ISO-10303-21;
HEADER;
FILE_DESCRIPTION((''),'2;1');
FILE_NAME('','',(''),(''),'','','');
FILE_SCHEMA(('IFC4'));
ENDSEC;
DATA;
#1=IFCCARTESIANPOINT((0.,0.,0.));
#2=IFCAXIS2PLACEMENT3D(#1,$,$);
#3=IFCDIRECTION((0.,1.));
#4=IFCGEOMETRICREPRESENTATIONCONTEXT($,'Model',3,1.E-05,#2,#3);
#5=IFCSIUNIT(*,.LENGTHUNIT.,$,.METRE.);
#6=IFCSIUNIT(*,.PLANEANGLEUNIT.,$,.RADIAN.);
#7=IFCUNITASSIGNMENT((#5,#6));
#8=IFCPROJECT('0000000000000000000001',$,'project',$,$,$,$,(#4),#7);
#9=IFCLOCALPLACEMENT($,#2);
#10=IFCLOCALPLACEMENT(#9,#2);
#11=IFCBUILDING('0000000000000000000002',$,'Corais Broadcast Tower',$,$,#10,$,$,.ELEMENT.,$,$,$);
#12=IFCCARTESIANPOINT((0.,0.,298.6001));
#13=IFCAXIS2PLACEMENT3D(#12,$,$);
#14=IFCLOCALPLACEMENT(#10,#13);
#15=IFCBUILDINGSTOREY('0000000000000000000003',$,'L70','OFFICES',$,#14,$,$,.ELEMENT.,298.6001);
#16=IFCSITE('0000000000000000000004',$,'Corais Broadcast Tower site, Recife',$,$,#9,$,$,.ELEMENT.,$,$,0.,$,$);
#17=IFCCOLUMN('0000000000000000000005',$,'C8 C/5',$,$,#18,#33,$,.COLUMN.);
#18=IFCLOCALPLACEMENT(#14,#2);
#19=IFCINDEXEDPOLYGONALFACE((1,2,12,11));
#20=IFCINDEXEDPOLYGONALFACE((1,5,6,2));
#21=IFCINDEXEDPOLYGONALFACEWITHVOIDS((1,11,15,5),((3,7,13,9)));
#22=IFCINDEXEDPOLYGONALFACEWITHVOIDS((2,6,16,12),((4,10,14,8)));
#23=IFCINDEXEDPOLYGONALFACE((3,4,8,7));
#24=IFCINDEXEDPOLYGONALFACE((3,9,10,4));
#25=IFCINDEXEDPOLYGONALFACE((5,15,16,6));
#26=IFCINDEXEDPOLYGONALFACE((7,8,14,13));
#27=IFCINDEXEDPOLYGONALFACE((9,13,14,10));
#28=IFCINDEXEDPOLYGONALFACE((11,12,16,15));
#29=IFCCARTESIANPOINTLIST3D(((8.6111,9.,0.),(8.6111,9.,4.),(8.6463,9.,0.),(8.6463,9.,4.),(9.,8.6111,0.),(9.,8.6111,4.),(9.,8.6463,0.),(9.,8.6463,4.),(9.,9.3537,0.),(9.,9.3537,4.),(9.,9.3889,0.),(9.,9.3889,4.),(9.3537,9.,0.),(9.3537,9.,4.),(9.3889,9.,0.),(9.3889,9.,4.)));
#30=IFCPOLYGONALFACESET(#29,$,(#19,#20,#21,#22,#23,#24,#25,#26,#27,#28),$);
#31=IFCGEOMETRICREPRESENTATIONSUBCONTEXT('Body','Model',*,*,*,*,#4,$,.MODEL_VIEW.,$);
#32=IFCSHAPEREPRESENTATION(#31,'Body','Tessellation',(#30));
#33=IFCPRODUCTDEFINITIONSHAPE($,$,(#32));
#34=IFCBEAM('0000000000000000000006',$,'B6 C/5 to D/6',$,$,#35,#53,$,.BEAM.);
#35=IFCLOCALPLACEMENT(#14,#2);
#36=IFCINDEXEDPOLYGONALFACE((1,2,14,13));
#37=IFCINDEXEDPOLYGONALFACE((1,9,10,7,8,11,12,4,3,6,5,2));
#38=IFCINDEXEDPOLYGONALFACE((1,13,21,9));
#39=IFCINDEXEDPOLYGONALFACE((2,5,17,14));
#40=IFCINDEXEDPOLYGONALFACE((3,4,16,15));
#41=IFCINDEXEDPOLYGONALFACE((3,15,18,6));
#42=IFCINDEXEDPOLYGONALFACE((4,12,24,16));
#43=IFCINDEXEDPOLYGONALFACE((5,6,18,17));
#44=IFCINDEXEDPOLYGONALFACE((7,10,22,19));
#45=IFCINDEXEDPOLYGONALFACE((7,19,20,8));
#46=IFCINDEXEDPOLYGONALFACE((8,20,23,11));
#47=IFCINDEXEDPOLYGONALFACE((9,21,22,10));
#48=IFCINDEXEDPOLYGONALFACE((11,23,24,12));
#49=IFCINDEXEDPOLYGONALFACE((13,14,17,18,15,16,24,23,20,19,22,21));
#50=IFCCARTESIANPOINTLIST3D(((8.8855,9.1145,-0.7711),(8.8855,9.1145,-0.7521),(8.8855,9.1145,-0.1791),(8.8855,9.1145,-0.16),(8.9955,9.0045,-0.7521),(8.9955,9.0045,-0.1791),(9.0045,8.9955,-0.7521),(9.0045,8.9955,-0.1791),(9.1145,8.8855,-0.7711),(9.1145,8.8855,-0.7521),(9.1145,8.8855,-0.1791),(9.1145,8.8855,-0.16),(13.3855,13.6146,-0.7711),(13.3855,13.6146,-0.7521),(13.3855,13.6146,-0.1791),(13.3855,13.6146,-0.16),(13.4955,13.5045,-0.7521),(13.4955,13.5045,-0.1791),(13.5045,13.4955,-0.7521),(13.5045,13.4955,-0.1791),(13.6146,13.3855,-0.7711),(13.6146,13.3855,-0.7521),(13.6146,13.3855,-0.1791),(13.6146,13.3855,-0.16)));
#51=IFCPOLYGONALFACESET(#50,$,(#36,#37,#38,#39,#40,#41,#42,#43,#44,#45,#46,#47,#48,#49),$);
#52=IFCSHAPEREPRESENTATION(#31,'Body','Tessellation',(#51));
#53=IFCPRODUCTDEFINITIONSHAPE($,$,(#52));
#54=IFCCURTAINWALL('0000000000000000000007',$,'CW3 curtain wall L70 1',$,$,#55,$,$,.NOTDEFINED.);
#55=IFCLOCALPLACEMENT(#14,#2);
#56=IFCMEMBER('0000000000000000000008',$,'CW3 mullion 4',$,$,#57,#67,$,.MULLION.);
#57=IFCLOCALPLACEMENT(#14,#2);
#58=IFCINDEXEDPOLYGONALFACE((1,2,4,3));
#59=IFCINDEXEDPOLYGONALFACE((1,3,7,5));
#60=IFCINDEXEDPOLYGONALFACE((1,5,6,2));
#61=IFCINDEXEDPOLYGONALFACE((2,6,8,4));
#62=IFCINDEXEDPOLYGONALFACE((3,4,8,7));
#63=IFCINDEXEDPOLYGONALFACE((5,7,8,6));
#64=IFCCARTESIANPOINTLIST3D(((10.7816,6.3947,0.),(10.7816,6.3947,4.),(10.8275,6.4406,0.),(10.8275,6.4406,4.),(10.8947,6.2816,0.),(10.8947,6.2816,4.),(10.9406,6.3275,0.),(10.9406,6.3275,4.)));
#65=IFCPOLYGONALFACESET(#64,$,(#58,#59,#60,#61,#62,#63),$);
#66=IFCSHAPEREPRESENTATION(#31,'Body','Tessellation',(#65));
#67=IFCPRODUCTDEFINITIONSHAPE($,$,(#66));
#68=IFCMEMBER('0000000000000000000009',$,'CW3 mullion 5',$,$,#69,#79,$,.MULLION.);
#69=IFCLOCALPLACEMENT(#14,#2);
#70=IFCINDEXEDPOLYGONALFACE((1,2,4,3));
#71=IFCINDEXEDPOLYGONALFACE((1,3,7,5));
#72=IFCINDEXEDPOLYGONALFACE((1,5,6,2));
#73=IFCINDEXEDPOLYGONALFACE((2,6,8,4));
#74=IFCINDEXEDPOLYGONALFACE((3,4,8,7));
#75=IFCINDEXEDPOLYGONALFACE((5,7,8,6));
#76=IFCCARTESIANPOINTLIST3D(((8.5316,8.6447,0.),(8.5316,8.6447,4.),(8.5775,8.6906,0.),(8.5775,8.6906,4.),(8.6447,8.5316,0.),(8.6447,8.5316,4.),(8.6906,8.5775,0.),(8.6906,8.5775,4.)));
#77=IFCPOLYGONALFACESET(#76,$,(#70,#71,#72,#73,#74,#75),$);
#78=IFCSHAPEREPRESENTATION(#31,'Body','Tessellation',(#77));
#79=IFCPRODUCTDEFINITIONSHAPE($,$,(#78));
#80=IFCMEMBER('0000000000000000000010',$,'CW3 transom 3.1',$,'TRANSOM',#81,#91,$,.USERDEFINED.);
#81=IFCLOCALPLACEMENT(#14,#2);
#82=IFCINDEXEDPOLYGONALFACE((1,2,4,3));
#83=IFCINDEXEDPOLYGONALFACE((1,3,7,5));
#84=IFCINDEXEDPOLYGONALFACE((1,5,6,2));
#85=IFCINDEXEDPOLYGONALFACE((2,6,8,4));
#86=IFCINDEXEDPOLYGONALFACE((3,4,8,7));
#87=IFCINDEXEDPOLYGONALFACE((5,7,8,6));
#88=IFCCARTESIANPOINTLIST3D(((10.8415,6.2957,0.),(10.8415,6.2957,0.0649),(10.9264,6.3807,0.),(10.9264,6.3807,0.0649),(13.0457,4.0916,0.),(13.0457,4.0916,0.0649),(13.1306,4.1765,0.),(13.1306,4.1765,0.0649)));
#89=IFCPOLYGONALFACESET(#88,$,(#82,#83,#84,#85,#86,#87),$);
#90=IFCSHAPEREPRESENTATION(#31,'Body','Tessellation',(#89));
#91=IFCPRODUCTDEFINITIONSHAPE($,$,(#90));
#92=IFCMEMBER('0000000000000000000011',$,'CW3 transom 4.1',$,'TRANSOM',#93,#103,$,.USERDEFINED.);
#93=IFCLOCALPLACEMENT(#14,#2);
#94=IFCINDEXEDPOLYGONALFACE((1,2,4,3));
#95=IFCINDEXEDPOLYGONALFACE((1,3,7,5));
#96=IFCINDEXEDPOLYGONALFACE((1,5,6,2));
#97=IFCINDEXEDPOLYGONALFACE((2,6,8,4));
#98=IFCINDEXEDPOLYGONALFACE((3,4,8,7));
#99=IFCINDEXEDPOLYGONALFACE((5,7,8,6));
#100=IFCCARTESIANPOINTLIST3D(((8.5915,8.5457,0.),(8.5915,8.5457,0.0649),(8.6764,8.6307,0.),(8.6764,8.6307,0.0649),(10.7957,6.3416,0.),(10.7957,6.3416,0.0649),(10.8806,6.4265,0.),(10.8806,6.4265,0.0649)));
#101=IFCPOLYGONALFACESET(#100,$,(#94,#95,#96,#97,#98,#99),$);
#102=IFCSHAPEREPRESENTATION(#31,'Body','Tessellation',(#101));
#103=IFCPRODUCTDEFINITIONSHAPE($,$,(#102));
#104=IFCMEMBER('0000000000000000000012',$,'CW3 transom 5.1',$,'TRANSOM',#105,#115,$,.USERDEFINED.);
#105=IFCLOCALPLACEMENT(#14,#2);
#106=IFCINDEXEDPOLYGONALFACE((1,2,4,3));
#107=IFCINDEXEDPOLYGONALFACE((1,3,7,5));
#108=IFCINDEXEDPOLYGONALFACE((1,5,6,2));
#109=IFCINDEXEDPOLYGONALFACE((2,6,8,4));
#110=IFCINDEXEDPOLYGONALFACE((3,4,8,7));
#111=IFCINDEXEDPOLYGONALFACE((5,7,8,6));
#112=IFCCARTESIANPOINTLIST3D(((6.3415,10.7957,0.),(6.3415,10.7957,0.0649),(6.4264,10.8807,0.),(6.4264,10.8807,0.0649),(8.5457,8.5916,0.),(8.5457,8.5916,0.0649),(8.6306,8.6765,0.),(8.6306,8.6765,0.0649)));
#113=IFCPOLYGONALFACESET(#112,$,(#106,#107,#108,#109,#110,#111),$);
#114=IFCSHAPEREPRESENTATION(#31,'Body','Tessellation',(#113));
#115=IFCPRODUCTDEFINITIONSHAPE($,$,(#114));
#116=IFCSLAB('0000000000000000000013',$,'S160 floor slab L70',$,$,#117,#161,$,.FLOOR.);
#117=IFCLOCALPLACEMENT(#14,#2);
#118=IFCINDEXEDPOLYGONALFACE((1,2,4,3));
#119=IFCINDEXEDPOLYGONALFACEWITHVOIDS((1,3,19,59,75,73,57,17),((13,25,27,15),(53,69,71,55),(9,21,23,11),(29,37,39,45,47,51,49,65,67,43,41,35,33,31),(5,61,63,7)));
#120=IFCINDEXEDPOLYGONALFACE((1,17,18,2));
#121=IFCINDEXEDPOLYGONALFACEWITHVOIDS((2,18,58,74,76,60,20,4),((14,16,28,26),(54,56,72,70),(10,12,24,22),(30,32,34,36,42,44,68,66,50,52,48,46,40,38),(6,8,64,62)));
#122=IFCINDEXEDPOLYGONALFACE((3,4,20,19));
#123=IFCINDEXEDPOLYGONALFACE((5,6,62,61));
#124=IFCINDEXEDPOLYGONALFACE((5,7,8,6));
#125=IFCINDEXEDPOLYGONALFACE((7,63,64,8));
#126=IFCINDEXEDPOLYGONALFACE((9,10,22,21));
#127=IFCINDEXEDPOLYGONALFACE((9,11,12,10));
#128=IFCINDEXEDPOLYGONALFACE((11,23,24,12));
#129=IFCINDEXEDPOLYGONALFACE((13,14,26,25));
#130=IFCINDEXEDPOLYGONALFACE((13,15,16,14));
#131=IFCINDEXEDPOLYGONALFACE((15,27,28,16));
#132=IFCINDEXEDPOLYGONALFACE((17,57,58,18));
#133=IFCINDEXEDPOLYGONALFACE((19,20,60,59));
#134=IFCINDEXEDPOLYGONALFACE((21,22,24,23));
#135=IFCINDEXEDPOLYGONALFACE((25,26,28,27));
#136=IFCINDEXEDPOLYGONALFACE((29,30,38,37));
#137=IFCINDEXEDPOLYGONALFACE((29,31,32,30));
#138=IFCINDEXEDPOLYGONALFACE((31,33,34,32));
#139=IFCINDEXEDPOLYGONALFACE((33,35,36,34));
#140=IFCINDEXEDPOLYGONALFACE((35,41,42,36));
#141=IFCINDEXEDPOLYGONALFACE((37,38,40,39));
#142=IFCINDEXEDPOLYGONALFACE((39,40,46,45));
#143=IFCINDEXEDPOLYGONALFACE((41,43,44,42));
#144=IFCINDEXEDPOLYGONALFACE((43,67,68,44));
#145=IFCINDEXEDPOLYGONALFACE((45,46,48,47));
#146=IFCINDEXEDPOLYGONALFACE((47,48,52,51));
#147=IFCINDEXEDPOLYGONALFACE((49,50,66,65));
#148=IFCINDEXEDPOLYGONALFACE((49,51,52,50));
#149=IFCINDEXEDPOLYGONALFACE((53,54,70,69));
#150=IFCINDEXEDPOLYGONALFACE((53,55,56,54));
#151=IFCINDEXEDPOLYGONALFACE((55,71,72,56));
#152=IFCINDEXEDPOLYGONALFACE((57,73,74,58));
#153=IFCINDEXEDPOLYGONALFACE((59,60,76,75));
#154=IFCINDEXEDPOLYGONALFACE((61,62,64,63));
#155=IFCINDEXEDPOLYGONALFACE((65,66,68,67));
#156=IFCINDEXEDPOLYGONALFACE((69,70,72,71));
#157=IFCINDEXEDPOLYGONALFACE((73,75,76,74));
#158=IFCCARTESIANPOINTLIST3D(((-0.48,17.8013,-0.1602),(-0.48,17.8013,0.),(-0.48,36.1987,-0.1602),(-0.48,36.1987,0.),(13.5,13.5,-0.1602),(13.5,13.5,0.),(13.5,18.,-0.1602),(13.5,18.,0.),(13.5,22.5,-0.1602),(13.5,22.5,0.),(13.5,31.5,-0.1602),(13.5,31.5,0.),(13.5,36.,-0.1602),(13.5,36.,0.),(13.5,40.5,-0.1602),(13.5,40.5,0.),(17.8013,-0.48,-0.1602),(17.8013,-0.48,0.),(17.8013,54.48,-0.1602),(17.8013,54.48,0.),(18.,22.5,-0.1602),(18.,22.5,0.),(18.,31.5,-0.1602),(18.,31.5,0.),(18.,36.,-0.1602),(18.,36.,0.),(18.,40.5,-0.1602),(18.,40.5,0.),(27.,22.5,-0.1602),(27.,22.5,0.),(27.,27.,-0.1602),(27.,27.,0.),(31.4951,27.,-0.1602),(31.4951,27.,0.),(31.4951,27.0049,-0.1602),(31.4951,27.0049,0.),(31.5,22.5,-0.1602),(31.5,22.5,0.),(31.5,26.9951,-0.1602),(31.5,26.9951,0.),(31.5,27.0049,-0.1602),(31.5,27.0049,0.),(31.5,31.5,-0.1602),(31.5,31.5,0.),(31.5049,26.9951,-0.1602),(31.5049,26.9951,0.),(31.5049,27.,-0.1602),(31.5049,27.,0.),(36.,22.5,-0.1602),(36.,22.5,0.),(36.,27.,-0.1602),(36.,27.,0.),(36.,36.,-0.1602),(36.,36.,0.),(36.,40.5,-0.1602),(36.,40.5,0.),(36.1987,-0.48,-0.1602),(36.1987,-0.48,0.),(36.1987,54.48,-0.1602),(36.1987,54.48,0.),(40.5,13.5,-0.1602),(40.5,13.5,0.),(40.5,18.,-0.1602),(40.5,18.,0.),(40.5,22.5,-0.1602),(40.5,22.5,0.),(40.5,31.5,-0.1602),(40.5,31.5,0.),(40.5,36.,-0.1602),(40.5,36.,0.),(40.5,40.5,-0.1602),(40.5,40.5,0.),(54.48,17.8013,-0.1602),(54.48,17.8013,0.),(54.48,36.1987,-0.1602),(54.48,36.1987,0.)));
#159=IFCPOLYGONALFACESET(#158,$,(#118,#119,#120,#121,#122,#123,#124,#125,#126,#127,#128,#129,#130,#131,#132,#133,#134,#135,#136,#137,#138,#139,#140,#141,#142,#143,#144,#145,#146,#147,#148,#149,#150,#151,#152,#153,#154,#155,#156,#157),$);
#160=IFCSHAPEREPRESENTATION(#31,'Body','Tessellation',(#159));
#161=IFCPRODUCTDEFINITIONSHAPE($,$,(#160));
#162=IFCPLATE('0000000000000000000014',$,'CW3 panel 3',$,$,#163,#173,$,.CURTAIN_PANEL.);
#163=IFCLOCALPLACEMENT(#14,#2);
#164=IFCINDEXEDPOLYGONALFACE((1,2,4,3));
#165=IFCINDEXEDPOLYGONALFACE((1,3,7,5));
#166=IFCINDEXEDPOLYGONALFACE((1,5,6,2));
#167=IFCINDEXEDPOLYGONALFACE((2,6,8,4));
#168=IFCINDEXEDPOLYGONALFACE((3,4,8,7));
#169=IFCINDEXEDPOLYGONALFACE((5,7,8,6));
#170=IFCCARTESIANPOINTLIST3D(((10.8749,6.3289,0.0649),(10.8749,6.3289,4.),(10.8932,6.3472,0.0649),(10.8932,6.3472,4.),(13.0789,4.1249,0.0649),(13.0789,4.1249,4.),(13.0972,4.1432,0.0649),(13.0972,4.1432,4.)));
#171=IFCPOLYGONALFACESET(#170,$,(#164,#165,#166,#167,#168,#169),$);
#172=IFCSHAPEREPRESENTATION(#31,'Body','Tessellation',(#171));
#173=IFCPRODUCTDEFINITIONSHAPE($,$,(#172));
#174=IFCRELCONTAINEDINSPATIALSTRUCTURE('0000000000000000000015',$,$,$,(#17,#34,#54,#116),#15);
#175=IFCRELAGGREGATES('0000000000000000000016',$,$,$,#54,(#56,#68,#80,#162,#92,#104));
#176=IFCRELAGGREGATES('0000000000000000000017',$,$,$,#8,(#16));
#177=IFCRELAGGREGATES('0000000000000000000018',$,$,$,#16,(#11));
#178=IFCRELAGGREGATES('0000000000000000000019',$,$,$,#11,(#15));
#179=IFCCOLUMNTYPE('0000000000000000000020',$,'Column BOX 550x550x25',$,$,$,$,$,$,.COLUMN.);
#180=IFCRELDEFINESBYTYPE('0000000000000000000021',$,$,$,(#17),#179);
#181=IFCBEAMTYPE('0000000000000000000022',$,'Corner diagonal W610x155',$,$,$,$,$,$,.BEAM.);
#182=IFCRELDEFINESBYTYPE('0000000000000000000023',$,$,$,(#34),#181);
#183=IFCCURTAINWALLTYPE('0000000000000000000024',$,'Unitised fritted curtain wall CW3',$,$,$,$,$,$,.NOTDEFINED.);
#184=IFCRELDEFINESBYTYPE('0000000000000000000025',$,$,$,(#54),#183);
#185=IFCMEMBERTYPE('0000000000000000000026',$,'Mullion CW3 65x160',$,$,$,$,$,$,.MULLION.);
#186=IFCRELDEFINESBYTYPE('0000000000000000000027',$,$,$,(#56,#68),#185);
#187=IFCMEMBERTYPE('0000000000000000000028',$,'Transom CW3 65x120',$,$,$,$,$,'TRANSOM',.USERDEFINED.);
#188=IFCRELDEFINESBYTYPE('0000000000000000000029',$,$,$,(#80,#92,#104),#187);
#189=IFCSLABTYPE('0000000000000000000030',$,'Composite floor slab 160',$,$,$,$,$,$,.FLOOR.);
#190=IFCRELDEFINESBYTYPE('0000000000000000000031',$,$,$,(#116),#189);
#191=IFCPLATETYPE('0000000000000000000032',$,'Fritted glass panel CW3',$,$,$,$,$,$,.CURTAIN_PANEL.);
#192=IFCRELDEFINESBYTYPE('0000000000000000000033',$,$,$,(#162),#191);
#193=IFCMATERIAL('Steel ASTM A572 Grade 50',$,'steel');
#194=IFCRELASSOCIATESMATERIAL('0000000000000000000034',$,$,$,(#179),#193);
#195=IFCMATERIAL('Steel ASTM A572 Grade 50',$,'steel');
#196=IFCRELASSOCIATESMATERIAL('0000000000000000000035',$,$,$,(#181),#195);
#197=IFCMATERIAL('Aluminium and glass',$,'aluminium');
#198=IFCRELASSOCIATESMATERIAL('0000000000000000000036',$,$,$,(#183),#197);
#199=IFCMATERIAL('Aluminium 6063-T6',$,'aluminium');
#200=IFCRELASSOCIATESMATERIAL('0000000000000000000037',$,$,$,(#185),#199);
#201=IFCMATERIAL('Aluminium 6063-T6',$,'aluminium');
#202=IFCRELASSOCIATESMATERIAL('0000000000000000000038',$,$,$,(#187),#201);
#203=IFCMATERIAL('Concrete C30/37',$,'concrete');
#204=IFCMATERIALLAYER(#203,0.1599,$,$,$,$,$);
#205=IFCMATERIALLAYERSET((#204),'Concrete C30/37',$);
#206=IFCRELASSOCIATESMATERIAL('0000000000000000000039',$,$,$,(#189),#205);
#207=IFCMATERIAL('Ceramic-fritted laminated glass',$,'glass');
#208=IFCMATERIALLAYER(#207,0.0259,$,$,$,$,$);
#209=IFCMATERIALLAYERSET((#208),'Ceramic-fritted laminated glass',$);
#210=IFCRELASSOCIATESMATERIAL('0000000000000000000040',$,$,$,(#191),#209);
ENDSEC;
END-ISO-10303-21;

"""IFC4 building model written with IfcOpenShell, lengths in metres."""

from ifc_helpers import new_model, si_unit, direction, frame, origin, origin_2d, place, context, subcontext, project, spatial, polyline, rectangle, hollow_rectangle, i_section, outline, extrude, material, layer, layer_set, material_profile, profile_set, type_object, element, aggregate, save


model = new_model("IFC4")

# Units and contexts
model_context = context("Model", 3, precision=1e-05, world=origin(), true_north=direction((0.0, 1.0)))
body_context = subcontext(model_context, "Body", "Model", "MODEL_VIEW")
ifc_project = project(units=[si_unit("LENGTHUNIT", "METRE"), si_unit("PLANEANGLEUNIT", "RADIAN")], contexts=[model_context])

# Site, building, storey
site_placement = place(None, origin())
site = spatial("IfcSite", under=ifc_project, at=site_placement, Name="Corais Broadcast Tower site, Recife", CompositionType="ELEMENT", RefElevation=0.0)
building_placement = place(site_placement, origin())
building = spatial("IfcBuilding", under=site, at=building_placement, Name="Corais Broadcast Tower", CompositionType="ELEMENT")
storey_placement = place(building_placement, frame((0.0, 0.0, 298.6001)))
storey = spatial("IfcBuildingStorey", under=building, at=storey_placement, Name="L70", Description="OFFICES", CompositionType="ELEMENT", Elevation=298.6001)

# Column
ifc_material_1 = material(Name="Steel ASTM A572 Grade 50", Category="steel")
ifc_material_profile_1 = material_profile(ifc_material_1, hollow_rectangle(XDim=0.55, YDim=0.55, WallThickness=0.0249, at=origin_2d()), Name="BOX 550x550x25")
ifc_profile_set_1 = profile_set([ifc_material_profile_1], Name="Steel ASTM A572 Grade 50")
column_type = type_object("IfcColumnType", Name="Column BOX 550x550x25", PredefinedType="COLUMN", material=ifc_profile_set_1)
column_placement = place(storey_placement, frame((9.0, 9.0, 0.0), z_axis=(0.0, 0.0, 1.0), x_axis=(0.707107, 0.707107, 0.0)))
element("IfcColumn", 1, at=column_placement, inside=storey, type_object=column_type, Name="C8 C/5", PredefinedType="COLUMN", context=body_context, shape_type="SweptSolid", body=[
    extrude(hollow_rectangle(XDim=0.55, YDim=0.55, WallThickness=0.0249, at=origin_2d()), origin(), (0.0, 0.0, 1.0), 4.0),
])

# Beam
ifc_material_2 = material(Name="Steel ASTM A572 Grade 50", Category="steel")
ifc_material_profile_2 = material_profile(ifc_material_2, i_section(OverallWidth=0.324, OverallDepth=0.6111, WebThickness=0.0127, FlangeThickness=0.019, at=origin_2d()), Name="W610x155")
ifc_profile_set_2 = profile_set([ifc_material_profile_2], Name="Steel ASTM A572 Grade 50")
beam_type = type_object("IfcBeamType", Name="Corner diagonal W610x155", PredefinedType="BEAM", material=ifc_profile_set_2)
beam_placement = place(storey_placement, frame((9.0, 9.0, -0.4656), z_axis=(0.707107, 0.707107, 0.0), x_axis=(-0.707107, 0.707107, 0.0)))
element("IfcBeam", 2, at=beam_placement, inside=storey, type_object=beam_type, Name="B6 C/5 to D/6", PredefinedType="BEAM", context=body_context, shape_type="SweptSolid", body=[
    extrude(i_section(OverallWidth=0.324, OverallDepth=0.6111, WebThickness=0.0127, FlangeThickness=0.019, at=origin_2d()), origin(), (0.0, 0.0, 1.0), 6.364),
])

# Curtain wall, members
ifc_material_3 = material(Name="Aluminium and glass", Category="aluminium")
curtain_wall_type = type_object("IfcCurtainWallType", Name="Unitised fritted curtain wall CW3", PredefinedType="NOTDEFINED", material=ifc_material_3)
curtain_wall_placement = place(storey_placement, origin())
curtain_wall = element("IfcCurtainWall", 3, at=curtain_wall_placement, inside=storey, type_object=curtain_wall_type, Name="CW3 curtain wall L70 1", PredefinedType="NOTDEFINED")
ifc_material_4 = material(Name="Aluminium 6063-T6", Category="aluminium")
ifc_material_profile_3 = material_profile(ifc_material_4, rectangle(XDim=0.0649, YDim=0.1599, at=origin_2d()), Name="Mullion CW3 65x160")
ifc_profile_set_3 = profile_set([ifc_material_profile_3], Name="Aluminium 6063-T6")
member_type_1 = type_object("IfcMemberType", Name="Mullion CW3 65x160", PredefinedType="MULLION", material=ifc_profile_set_3)
member_1_placement = place(storey_placement, frame((10.8611, 6.3611, 0.0), z_axis=(0.0, 0.0, 1.0), x_axis=(-0.707107, -0.707107, 0.0)))
member_1 = element("IfcMember", 4, at=member_1_placement, type_object=member_type_1, Name="CW3 mullion 4", PredefinedType="MULLION", context=body_context, shape_type="SweptSolid", body=[
    extrude(rectangle(XDim=0.0649, YDim=0.1599, at=origin_2d()), origin(), (0.0, 0.0, 1.0), 4.0),
])
member_2_placement = place(storey_placement, frame((8.6111, 8.6111, 0.0), z_axis=(0.0, 0.0, 1.0), x_axis=(-0.707107, -0.707107, 0.0)))
member_2 = element("IfcMember", 5, at=member_2_placement, type_object=member_type_1, Name="CW3 mullion 5", PredefinedType="MULLION", context=body_context, shape_type="SweptSolid", body=[
    extrude(rectangle(XDim=0.0649, YDim=0.1599, at=origin_2d()), origin(), (0.0, 0.0, 1.0), 4.0),
])
ifc_material_5 = material(Name="Aluminium 6063-T6", Category="aluminium")
ifc_material_profile_4 = material_profile(ifc_material_5, rectangle(XDim=0.1201, YDim=0.0649, at=origin_2d()), Name="Transom CW3 65x120")
ifc_profile_set_4 = profile_set([ifc_material_profile_4], Name="Aluminium 6063-T6")
member_type_2 = type_object("IfcMemberType", Name="Transom CW3 65x120", ElementType="TRANSOM", PredefinedType="USERDEFINED", material=ifc_profile_set_4)
member_3_placement = place(storey_placement, frame((13.0881, 4.134, 0.0325), z_axis=(-0.707107, 0.707107, 0.0), x_axis=(-0.707107, -0.707107, 0.0)))
member_3 = element("IfcMember", 6, at=member_3_placement, type_object=member_type_2, Name="CW3 transom 3.1", ObjectType="TRANSOM", PredefinedType="USERDEFINED", context=body_context, shape_type="SweptSolid", body=[
    extrude(rectangle(XDim=0.1201, YDim=0.0649, at=origin_2d()), origin(), (0.0, 0.0, 1.0), 3.1172),
])
member_4_placement = place(storey_placement, frame((10.8381, 6.384, 0.0325), z_axis=(-0.707107, 0.707107, 0.0), x_axis=(-0.707107, -0.707107, 0.0)))
member_4 = element("IfcMember", 7, at=member_4_placement, type_object=member_type_2, Name="CW3 transom 4.1", ObjectType="TRANSOM", PredefinedType="USERDEFINED", context=body_context, shape_type="SweptSolid", body=[
    extrude(rectangle(XDim=0.1201, YDim=0.0649, at=origin_2d()), origin(), (0.0, 0.0, 1.0), 3.1172),
])
member_5_placement = place(storey_placement, frame((8.5881, 8.634, 0.0325), z_axis=(-0.707107, 0.707107, 0.0), x_axis=(-0.707107, -0.707107, 0.0)))
member_5 = element("IfcMember", 8, at=member_5_placement, type_object=member_type_2, Name="CW3 transom 5.1", ObjectType="TRANSOM", PredefinedType="USERDEFINED", context=body_context, shape_type="SweptSolid", body=[
    extrude(rectangle(XDim=0.1201, YDim=0.0649, at=origin_2d()), origin(), (0.0, 0.0, 1.0), 3.1172),
])

# Slab
ifc_material_6 = material(Name="Concrete C30/37", Category="concrete")
ifc_layer_1 = layer(ifc_material_6, 0.1599)
ifc_layer_set_1 = layer_set([ifc_layer_1], Name="Concrete C30/37")
slab_type_1 = type_object("IfcSlabType", Name="Composite floor slab 160", PredefinedType="FLOOR", material=ifc_layer_set_1)
slab_1_placement = place(storey_placement, frame((0.0, 0.0, -0.1602)))
element("IfcSlab", 9, at=slab_1_placement, inside=storey, type_object=slab_type_1, Name="S160 floor slab L70", PredefinedType="FLOOR", context=body_context, shape_type="SweptSolid", body=[
    extrude(outline(polyline([(17.8013, -0.48), (-0.48, 17.8013), (-0.48, 36.1987), (17.8013, 54.48), (36.1987, 54.48), (54.48, 36.1987), (54.48, 17.8013), (36.1987, -0.48), (17.8013, -0.48)]), holes=[polyline([(13.5, 18.0), (40.5, 18.0), (40.5, 13.5), (13.5, 13.5), (13.5, 18.0)]), polyline([(18.0, 22.5), (13.5, 22.5), (13.5, 31.5), (18.0, 31.5), (18.0, 22.5)]), polyline([(18.0, 36.0), (13.5, 36.0), (13.5, 40.5), (18.0, 40.5), (18.0, 36.0)]), polyline([(31.5, 22.5), (27.0, 22.5), (27.0, 27.0), (31.4951, 27.0), (31.4951, 27.0049), (31.5, 27.0049), (31.5, 31.5), (40.5, 31.5), (40.5, 22.5), (36.0, 22.5), (36.0, 27.0), (31.5049, 27.0), (31.5049, 26.9951), (31.5, 26.9951), (31.5, 22.5)]), polyline([(40.5, 36.0), (36.0, 36.0), (36.0, 40.5), (40.5, 40.5), (40.5, 36.0)])]), origin(), (0.0, 0.0, 1.0), 0.1602),
])

# Plate
ifc_material_7 = material(Name="Ceramic-fritted laminated glass", Category="glass")
ifc_layer_2 = layer(ifc_material_7, 0.0259)
ifc_layer_set_2 = layer_set([ifc_layer_2], Name="Ceramic-fritted laminated glass")
plate_type_1 = type_object("IfcPlateType", Name="Fritted glass panel CW3", PredefinedType="CURTAIN_PANEL", material=ifc_layer_set_2)
plate_1_placement = place(storey_placement, frame((11.9861, 5.2361, 0.0649), z_axis=(0.0, 0.0, 1.0), x_axis=(-0.707107, 0.707107, 0.0)))
plate_1 = element("IfcPlate", 10, at=plate_1_placement, type_object=plate_type_1, Name="CW3 panel 3", PredefinedType="CURTAIN_PANEL", context=body_context, shape_type="SweptSolid", body=[
    extrude(rectangle(XDim=3.1169, YDim=0.0259, at=origin_2d()), origin(), (0.0, 0.0, 1.0), 3.9351),
])
aggregate(curtain_wall, [member_1, member_2, member_3, plate_1, member_4, member_5])

save(model, "model.ifc")
